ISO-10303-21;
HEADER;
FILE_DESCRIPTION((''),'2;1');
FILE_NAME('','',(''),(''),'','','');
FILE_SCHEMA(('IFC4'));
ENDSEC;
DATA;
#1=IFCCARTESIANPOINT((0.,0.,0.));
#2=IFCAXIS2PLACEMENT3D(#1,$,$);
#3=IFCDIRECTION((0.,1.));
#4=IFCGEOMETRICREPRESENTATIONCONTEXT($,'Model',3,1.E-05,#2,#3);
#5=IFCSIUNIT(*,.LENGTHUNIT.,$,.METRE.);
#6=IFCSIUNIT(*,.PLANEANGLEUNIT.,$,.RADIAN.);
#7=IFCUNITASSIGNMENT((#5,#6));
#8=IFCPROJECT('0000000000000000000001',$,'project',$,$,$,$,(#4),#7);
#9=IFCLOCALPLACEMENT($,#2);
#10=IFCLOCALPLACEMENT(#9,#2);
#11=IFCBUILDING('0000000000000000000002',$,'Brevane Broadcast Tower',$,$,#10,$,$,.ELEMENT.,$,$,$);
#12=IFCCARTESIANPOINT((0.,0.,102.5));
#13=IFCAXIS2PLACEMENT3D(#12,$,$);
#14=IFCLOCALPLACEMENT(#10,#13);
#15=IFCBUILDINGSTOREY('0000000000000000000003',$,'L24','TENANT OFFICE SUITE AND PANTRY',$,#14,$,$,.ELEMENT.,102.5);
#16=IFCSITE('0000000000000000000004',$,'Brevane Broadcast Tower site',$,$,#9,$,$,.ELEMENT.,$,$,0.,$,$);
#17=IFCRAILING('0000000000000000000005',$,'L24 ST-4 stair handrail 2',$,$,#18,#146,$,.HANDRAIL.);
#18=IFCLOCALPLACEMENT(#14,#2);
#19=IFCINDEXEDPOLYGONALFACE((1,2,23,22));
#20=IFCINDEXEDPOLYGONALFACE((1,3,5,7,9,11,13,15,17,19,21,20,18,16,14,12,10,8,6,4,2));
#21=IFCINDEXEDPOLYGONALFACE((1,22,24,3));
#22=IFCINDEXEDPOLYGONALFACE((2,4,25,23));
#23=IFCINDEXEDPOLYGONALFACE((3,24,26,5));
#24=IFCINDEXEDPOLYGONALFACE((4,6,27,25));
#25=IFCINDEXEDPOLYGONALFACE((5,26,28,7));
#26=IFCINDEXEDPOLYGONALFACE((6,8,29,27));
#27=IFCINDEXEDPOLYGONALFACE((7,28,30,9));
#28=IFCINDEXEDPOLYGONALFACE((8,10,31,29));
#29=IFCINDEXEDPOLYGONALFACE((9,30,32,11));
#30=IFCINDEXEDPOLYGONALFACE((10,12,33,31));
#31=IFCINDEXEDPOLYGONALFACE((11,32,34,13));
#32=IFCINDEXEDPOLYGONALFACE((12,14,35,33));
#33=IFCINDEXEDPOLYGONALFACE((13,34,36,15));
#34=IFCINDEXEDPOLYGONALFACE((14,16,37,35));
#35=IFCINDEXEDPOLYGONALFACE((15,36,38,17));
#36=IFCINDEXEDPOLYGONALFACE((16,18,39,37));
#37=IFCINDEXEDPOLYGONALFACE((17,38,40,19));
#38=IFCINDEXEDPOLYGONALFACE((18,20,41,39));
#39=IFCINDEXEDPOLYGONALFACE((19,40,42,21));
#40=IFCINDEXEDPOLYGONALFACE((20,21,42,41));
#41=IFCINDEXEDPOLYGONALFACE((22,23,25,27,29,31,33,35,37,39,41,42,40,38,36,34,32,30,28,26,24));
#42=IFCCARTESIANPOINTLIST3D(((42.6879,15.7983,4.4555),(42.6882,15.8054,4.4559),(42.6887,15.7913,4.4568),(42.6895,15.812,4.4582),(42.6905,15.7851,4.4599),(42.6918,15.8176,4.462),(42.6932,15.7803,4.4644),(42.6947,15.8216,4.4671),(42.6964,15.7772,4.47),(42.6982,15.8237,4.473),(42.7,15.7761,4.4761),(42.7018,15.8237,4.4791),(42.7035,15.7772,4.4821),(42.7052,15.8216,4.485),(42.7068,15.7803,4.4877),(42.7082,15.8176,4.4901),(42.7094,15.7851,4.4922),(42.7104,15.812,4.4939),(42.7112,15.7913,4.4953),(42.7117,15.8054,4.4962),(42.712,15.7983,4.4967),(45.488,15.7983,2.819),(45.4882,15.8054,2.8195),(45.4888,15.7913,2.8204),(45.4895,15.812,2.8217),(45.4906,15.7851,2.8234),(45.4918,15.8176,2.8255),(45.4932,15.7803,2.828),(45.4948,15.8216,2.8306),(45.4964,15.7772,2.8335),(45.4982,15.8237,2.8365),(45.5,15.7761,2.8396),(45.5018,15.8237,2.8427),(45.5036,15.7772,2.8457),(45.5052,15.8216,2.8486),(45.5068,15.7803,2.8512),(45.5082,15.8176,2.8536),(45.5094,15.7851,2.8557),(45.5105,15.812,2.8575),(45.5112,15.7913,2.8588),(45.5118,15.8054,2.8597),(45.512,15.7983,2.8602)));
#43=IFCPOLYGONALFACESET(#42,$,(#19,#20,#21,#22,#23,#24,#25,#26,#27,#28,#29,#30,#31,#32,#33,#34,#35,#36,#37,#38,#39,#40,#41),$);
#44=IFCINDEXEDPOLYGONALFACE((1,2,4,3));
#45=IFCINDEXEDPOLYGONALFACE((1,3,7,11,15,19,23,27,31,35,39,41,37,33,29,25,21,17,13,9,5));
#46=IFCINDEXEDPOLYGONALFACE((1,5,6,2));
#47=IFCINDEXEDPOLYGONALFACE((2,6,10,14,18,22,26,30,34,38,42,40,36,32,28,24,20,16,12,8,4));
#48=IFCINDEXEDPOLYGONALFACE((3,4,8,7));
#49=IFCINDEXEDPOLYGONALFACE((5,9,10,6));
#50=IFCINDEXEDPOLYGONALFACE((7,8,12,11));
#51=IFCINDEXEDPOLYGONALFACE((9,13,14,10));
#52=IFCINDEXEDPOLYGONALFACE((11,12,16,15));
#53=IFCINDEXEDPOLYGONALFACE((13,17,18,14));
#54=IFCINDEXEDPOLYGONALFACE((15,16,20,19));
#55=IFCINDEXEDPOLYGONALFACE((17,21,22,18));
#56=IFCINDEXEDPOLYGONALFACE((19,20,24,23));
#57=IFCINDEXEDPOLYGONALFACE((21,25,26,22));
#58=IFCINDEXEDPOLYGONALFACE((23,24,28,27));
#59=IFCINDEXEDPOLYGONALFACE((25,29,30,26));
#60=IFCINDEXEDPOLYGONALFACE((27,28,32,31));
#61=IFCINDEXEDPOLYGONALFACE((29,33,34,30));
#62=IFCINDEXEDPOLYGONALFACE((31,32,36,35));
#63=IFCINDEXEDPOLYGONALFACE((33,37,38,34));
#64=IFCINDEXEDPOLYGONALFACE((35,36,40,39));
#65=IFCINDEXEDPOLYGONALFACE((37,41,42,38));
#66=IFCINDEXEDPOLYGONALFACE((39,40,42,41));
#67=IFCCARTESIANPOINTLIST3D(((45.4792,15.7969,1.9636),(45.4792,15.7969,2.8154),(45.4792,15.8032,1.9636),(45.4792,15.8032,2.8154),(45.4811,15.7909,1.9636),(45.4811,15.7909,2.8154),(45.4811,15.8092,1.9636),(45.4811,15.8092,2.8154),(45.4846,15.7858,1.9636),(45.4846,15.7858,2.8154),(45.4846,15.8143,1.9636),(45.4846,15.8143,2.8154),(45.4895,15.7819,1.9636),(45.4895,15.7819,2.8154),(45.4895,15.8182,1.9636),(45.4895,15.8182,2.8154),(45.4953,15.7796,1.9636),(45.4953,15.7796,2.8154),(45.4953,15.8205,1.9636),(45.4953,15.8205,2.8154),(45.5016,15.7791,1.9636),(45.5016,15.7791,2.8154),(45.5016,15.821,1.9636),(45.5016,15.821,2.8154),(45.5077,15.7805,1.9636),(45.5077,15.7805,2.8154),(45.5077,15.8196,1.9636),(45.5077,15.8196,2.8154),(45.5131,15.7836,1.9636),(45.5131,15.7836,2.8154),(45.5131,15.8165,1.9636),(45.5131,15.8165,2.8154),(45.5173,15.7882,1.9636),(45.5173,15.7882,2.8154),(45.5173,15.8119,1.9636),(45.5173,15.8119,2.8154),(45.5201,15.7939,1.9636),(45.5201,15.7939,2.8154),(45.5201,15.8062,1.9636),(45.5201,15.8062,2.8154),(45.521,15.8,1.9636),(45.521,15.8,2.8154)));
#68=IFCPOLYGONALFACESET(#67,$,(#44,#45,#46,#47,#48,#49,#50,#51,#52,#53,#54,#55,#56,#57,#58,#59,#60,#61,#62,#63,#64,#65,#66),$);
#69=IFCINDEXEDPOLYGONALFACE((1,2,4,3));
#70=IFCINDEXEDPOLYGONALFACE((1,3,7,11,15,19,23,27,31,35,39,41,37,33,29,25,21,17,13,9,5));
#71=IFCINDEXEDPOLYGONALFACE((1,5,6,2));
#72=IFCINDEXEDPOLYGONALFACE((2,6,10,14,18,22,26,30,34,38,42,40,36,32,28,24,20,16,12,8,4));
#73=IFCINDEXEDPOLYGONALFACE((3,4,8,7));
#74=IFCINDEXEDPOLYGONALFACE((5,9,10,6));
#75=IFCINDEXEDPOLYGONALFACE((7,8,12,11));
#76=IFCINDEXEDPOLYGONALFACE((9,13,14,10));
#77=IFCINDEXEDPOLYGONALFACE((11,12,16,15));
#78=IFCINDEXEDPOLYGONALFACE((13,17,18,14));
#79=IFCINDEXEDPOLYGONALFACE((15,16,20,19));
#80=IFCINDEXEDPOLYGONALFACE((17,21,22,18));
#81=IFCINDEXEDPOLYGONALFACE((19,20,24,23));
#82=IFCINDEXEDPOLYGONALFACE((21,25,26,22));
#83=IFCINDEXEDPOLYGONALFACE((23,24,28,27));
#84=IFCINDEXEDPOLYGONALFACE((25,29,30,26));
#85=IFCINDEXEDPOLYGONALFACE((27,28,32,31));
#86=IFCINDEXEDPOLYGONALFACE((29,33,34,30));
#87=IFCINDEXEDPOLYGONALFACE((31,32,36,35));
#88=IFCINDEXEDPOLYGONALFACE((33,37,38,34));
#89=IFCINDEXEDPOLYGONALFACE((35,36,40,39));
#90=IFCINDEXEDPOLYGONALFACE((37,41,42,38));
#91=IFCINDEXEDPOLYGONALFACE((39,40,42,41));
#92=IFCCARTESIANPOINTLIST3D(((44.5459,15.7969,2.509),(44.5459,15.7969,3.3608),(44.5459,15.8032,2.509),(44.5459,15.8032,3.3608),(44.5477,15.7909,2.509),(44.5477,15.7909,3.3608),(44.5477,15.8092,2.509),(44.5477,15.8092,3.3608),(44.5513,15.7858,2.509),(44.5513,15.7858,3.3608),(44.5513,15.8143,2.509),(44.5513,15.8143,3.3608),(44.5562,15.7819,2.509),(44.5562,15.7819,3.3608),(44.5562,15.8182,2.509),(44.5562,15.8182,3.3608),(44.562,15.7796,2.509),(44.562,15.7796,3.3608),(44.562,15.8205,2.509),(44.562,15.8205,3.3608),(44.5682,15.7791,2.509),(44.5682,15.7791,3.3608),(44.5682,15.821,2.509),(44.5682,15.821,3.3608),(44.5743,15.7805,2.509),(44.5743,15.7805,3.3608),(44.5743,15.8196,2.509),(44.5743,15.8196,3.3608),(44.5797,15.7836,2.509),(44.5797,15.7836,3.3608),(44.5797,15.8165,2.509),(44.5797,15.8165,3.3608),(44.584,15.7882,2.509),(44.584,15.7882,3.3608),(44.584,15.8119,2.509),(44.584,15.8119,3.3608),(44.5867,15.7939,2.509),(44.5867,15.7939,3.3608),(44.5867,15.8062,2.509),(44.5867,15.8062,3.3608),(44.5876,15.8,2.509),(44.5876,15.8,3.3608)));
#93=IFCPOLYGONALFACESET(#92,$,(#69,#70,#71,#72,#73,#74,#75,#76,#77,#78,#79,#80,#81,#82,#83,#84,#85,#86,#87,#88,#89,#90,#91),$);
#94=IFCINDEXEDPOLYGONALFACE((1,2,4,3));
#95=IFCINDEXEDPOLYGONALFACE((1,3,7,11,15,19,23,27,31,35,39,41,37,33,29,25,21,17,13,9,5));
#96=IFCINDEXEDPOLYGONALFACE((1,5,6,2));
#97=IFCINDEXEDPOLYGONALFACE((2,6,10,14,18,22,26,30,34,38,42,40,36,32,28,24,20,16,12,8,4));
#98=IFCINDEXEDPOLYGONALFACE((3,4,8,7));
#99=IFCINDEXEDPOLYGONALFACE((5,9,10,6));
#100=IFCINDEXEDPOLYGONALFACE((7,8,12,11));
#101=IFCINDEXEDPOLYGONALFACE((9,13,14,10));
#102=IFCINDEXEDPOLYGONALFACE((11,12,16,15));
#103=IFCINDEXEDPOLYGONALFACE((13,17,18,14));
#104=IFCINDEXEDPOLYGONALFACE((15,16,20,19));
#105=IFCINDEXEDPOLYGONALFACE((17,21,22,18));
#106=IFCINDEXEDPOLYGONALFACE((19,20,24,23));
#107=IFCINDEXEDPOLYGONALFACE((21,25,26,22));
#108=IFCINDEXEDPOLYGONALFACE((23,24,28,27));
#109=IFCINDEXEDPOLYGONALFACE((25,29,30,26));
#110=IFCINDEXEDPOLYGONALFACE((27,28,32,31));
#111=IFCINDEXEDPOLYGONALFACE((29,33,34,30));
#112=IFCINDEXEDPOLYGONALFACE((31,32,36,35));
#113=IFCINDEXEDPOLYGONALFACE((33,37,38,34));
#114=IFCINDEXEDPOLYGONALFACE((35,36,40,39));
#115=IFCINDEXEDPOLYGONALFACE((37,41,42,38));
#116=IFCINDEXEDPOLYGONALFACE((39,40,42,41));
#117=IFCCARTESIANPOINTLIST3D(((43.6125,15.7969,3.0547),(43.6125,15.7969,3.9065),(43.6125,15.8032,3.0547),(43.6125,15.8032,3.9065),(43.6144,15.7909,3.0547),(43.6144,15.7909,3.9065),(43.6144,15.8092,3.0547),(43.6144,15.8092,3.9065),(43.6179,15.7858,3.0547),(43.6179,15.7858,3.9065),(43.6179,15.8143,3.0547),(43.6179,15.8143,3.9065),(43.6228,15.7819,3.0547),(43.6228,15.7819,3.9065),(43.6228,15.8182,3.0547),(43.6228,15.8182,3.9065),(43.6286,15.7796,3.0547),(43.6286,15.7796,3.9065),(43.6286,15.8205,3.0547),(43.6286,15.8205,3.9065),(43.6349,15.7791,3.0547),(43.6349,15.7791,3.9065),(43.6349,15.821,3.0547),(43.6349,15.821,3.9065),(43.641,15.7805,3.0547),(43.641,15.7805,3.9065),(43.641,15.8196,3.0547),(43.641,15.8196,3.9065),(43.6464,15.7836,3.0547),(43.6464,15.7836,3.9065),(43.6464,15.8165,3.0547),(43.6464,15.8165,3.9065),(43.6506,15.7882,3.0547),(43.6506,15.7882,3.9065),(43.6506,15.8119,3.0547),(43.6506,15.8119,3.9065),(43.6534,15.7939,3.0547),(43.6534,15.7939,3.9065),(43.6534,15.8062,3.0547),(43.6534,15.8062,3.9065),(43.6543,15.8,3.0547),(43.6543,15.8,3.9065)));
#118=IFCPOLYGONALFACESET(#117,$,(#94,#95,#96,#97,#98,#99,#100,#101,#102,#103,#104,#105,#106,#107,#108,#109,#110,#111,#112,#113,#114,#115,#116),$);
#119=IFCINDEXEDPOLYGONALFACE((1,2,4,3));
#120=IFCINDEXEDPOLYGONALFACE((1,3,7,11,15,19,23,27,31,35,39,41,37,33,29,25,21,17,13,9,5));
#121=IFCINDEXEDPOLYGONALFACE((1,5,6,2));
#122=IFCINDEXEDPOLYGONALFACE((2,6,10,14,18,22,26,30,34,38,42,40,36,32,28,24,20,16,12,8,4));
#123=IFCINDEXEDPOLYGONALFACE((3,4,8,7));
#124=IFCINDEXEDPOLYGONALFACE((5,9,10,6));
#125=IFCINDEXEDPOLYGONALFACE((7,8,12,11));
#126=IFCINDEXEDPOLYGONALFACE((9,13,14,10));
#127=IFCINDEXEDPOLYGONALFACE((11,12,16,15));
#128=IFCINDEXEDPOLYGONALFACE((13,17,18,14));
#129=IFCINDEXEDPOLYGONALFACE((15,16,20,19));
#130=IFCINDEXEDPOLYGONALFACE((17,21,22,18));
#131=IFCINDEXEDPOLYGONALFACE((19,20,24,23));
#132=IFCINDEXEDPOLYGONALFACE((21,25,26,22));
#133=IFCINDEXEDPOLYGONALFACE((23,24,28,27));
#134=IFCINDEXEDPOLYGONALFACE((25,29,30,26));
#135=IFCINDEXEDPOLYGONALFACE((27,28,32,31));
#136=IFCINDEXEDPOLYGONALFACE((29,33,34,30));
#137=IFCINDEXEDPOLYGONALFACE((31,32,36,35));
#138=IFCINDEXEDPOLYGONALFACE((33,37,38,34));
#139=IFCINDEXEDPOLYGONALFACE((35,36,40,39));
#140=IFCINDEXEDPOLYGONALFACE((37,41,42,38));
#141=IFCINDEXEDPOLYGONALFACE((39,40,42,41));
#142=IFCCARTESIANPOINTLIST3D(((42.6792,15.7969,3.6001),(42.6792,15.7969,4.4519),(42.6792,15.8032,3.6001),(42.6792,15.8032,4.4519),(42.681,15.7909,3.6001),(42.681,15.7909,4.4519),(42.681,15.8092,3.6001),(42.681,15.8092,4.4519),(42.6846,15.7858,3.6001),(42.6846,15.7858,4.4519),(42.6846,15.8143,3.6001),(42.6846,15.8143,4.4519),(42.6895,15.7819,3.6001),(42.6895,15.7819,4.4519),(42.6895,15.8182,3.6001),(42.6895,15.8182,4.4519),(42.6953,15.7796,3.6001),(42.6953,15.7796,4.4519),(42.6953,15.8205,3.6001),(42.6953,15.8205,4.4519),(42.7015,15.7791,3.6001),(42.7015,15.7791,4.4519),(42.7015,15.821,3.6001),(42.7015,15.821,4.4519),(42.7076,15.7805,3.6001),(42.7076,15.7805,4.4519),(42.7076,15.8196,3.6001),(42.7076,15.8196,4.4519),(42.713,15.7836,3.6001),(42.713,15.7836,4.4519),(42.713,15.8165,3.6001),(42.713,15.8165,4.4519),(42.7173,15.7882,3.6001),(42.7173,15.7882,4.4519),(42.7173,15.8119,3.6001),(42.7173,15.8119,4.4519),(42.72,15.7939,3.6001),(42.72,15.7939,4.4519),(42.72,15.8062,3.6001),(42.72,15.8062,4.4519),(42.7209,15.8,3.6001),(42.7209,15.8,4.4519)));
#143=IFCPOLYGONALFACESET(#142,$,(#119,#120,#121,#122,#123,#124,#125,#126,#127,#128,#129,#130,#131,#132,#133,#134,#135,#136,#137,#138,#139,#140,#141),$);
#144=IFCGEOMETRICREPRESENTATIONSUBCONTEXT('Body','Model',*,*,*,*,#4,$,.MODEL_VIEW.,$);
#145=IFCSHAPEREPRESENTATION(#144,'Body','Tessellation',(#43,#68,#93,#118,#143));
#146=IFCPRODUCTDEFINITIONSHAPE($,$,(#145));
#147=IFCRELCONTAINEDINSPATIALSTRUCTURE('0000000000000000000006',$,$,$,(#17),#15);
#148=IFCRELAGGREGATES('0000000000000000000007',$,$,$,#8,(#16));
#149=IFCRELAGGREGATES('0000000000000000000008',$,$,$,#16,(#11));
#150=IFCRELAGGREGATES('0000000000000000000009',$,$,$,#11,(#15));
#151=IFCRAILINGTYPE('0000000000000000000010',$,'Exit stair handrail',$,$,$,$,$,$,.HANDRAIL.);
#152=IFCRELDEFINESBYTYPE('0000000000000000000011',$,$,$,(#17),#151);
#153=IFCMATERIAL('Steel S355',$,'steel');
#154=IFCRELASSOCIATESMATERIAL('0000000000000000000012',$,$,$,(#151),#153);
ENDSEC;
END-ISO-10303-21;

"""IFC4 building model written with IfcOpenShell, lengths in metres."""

from ifc_helpers import new_model, si_unit, direction, frame, origin, origin_2d, place, context, subcontext, project, spatial, circle, extrude, material, type_object, element, save


model = new_model("IFC4")

# Units and contexts
model_context = context("Model", 3, precision=1e-05, world=origin(), true_north=direction((0.0, 1.0)))
body_context = subcontext(model_context, "Body", "Model", "MODEL_VIEW")
ifc_project = project(units=[si_unit("LENGTHUNIT", "METRE"), si_unit("PLANEANGLEUNIT", "RADIAN")], contexts=[model_context])

# Site, building, storey
site_placement = place(None, origin())
site = spatial("IfcSite", under=ifc_project, at=site_placement, Name="Brevane Broadcast Tower site", CompositionType="ELEMENT", RefElevation=0.0)
building_placement = place(site_placement, origin())
building = spatial("IfcBuilding", under=site, at=building_placement, Name="Brevane Broadcast Tower", CompositionType="ELEMENT")
storey_placement = place(building_placement, frame((0.0, 0.0, 102.5)))
storey = spatial("IfcBuildingStorey", under=building, at=storey_placement, Name="L24", Description="TENANT OFFICE SUITE AND PANTRY", CompositionType="ELEMENT", Elevation=102.5)

# Railing
ifc_material_1 = material(Name="Steel S355", Category="steel")
railing_type_1 = type_object("IfcRailingType", Name="Exit stair handrail", PredefinedType="HANDRAIL", material=ifc_material_1)
railing_1_placement = place(storey_placement, frame((45.5, 15.8, 1.9636)))
element("IfcRailing", 1, at=railing_1_placement, inside=storey, type_object=railing_type_1, Name="L24 ST-4 stair handrail 2", PredefinedType="HANDRAIL", context=body_context, shape_type="SweptSolid", body=[
    extrude(circle(Radius=0.0239, at=origin_2d()), frame((0.0, 0.0, 0.876), z_axis=(-0.863361, 0.0, 0.504587), x_axis=(0.0, -1.0, 0.0)), (0.0, 0.0, 1.0), 3.2432),
    extrude(circle(Radius=0.021, at=origin_2d()), origin(), (0.0, 0.0, 1.0), 0.8518),
    extrude(circle(Radius=0.021, at=origin_2d()), frame((-0.9333, 0.0, 0.5454)), (0.0, 0.0, 1.0), 0.8518),
    extrude(circle(Radius=0.021, at=origin_2d()), frame((-1.8667, 0.0, 1.0911)), (0.0, 0.0, 1.0), 0.8518),
    extrude(circle(Radius=0.021, at=origin_2d()), frame((-2.8, 0.0, 1.6365)), (0.0, 0.0, 1.0), 0.8518),
])

save(model, "model.ifc")
